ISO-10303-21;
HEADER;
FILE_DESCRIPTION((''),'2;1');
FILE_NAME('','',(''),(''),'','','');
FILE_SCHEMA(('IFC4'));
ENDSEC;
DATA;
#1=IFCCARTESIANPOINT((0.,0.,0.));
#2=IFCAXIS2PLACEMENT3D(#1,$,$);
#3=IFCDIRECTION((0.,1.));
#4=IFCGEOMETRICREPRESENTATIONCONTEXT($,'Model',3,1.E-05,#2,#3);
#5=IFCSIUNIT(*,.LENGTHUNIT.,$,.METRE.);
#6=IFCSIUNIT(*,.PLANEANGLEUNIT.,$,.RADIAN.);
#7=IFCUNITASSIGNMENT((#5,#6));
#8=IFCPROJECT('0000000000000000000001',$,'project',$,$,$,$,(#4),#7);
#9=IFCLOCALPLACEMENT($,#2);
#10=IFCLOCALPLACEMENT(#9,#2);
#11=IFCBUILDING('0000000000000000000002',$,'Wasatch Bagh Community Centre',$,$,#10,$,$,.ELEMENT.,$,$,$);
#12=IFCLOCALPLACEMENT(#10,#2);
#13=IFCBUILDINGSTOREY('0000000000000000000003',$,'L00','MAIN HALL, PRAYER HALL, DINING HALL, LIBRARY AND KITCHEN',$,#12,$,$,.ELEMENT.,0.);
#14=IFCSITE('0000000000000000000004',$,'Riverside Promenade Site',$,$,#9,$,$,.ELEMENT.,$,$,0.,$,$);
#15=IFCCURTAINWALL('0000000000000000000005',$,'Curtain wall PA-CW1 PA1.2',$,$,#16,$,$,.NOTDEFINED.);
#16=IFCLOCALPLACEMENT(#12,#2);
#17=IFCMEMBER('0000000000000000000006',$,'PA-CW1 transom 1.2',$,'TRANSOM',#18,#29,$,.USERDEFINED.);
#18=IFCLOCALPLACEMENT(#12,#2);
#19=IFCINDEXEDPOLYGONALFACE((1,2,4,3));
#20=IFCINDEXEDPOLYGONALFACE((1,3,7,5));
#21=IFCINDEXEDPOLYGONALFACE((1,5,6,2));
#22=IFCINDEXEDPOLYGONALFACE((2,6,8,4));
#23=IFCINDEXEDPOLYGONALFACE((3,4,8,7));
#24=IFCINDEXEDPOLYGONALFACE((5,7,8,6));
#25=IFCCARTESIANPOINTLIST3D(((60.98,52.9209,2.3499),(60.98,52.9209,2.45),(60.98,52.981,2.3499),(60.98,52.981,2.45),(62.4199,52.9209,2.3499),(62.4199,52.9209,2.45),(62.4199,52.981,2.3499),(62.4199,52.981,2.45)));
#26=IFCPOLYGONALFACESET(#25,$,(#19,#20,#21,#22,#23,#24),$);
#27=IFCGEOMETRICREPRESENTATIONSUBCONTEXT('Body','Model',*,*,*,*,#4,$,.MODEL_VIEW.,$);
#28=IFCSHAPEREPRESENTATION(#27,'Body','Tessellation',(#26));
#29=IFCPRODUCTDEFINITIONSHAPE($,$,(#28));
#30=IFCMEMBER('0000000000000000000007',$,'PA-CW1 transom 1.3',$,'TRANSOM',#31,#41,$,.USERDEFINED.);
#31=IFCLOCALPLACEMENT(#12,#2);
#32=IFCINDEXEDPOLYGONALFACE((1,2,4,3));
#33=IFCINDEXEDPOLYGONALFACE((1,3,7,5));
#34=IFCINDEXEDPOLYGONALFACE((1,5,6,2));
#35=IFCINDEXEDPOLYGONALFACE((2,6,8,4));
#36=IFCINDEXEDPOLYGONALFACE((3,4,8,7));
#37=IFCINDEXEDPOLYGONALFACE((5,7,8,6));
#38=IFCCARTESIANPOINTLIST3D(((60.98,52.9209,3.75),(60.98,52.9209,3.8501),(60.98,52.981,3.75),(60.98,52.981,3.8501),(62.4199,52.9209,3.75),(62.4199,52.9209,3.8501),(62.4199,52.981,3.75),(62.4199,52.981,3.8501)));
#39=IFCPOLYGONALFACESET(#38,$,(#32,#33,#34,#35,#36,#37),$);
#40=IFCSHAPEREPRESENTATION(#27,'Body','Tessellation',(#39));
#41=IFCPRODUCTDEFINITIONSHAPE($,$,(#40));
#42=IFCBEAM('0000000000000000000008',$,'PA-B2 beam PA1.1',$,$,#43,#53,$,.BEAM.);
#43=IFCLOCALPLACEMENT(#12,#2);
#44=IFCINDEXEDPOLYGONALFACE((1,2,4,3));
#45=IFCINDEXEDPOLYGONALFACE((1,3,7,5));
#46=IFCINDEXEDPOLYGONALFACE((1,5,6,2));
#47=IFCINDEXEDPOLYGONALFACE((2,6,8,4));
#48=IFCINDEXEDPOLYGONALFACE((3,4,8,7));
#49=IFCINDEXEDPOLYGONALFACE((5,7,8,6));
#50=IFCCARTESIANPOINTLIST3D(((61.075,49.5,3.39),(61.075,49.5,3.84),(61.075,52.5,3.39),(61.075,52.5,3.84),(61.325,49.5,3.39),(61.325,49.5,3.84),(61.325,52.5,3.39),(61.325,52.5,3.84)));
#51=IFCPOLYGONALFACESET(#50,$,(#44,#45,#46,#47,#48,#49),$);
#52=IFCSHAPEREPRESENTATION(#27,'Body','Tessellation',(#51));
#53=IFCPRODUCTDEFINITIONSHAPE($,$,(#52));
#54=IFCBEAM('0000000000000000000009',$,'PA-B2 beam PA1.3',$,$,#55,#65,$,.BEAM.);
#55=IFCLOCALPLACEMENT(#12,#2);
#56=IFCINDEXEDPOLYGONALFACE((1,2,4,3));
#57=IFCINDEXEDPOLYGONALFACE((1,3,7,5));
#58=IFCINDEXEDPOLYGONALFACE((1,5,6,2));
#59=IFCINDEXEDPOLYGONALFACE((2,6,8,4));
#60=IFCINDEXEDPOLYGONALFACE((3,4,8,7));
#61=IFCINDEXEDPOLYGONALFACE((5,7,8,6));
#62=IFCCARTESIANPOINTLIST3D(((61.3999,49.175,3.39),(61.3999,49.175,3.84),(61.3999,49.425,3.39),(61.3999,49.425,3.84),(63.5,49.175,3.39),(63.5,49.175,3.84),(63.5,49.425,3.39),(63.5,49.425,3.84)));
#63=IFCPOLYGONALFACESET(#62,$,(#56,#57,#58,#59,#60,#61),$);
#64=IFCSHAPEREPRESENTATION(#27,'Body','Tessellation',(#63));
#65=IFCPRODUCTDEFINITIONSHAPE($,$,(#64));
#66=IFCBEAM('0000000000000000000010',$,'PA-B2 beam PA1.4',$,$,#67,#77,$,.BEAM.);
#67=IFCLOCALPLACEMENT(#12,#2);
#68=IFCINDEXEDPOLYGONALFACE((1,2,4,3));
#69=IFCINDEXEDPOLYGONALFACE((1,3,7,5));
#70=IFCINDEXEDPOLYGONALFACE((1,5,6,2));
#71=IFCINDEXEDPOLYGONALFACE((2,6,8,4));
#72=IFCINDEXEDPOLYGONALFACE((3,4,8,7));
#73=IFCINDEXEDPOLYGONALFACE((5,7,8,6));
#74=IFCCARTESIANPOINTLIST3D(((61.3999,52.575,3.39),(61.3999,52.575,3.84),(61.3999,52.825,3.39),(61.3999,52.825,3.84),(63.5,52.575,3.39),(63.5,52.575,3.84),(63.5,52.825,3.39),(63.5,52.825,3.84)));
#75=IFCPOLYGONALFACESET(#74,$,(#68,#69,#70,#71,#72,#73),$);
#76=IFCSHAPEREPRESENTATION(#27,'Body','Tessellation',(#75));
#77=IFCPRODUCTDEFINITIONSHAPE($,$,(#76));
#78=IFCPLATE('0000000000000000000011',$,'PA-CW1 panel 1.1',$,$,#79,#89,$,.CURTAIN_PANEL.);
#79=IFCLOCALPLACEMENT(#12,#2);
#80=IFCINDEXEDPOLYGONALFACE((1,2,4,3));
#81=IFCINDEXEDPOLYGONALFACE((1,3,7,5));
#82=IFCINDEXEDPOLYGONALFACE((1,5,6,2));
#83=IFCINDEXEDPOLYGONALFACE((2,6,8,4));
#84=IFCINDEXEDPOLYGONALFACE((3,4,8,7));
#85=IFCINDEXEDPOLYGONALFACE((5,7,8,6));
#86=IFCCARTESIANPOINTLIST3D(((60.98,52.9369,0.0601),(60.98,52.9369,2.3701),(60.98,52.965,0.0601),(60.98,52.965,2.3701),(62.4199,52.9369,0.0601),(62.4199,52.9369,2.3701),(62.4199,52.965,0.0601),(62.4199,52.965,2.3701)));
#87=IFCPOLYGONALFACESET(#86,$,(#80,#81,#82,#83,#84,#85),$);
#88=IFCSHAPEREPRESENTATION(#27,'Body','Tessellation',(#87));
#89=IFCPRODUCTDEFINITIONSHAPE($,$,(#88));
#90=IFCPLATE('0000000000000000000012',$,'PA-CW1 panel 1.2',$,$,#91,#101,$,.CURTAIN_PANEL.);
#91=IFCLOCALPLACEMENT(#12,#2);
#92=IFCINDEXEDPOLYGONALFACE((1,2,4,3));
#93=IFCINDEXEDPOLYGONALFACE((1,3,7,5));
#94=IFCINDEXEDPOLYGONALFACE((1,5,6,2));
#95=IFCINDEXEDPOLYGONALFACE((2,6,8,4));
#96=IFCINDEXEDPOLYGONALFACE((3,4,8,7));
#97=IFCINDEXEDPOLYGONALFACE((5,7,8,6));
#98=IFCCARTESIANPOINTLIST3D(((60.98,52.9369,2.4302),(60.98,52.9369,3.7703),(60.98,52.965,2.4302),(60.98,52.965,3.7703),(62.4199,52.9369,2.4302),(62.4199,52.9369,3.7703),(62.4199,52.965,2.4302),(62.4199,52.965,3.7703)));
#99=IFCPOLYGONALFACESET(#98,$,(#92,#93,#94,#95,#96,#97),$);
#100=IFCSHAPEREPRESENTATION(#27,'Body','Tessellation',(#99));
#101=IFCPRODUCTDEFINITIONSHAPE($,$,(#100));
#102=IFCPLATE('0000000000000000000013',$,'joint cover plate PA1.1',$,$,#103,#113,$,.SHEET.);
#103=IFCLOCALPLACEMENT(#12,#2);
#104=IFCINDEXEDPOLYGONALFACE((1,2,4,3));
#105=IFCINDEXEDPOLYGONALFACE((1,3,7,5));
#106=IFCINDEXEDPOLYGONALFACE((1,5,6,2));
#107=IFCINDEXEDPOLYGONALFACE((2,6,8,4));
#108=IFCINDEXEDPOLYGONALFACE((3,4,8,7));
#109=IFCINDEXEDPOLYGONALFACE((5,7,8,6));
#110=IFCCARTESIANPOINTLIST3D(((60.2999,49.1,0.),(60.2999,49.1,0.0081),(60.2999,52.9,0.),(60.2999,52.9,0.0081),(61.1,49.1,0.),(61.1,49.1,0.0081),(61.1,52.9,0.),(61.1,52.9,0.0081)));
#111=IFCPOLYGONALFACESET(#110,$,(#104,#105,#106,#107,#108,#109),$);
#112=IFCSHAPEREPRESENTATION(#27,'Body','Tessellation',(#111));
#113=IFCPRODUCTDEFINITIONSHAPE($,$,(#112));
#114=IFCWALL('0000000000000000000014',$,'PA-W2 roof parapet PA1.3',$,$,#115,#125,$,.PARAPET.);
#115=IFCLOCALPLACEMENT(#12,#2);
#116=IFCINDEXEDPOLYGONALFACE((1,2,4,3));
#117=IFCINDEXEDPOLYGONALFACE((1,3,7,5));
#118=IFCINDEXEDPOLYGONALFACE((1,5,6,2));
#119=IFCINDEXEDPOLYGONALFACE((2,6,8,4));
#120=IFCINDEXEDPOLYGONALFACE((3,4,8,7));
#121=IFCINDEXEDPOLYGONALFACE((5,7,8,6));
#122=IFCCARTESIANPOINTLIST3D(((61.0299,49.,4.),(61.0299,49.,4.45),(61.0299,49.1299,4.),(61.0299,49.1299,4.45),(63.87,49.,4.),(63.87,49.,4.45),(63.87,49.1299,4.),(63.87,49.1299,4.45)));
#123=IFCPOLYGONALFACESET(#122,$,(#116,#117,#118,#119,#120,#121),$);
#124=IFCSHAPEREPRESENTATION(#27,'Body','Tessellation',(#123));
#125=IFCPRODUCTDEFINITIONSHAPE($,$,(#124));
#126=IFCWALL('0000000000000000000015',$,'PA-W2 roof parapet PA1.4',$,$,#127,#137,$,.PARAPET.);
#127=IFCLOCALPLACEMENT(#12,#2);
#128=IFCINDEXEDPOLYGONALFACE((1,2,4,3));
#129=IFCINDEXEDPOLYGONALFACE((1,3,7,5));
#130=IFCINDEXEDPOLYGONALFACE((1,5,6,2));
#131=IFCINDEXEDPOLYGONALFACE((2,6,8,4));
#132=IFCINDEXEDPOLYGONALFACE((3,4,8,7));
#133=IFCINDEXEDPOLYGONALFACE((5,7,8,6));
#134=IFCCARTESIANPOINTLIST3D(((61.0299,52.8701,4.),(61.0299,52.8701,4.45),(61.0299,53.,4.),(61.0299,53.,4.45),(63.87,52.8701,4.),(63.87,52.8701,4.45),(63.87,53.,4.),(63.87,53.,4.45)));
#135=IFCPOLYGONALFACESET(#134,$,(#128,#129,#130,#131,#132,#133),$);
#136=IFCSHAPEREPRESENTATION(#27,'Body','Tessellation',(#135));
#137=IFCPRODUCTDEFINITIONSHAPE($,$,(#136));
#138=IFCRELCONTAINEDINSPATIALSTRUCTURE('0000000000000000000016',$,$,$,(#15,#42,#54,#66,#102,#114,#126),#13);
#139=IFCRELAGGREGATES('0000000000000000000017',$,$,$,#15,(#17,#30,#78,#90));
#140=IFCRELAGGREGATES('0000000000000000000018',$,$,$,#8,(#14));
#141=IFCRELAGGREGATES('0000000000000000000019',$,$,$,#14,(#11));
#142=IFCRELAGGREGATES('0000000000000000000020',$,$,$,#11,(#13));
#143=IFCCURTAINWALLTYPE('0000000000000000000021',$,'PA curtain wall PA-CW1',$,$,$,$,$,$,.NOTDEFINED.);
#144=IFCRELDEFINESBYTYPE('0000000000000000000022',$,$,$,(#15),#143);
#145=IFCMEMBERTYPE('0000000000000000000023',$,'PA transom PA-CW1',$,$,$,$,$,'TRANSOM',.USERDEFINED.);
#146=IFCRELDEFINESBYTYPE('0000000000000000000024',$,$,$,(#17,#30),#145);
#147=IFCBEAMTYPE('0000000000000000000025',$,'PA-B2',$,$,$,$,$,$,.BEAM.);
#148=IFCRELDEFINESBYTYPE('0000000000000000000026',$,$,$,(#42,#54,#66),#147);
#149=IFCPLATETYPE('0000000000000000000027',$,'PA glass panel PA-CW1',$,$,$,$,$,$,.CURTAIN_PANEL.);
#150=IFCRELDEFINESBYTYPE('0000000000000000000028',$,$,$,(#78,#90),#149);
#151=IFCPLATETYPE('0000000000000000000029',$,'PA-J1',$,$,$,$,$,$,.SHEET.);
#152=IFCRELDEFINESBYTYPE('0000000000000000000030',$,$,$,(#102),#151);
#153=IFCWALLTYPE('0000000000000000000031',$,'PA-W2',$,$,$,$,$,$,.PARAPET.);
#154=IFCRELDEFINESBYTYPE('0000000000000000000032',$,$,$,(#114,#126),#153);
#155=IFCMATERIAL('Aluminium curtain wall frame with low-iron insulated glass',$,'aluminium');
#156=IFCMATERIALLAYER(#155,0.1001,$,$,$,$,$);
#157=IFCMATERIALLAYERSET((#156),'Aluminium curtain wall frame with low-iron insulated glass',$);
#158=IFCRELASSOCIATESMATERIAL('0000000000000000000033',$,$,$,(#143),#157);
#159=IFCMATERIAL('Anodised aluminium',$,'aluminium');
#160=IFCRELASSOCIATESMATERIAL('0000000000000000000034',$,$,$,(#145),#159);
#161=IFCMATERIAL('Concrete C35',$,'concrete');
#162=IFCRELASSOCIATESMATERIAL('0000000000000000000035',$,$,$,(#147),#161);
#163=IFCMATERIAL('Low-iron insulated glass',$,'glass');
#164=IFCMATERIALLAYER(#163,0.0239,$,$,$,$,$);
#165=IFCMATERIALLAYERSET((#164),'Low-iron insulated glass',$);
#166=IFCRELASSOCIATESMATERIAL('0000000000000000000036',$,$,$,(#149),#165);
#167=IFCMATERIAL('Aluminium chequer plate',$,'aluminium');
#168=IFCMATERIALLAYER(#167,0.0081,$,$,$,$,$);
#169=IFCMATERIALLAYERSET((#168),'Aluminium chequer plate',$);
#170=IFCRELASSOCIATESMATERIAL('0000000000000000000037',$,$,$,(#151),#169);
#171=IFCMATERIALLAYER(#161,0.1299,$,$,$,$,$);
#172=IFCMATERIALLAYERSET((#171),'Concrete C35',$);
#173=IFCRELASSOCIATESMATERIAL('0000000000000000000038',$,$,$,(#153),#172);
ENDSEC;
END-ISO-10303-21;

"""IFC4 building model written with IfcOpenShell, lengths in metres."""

from ifc_helpers import new_model, si_unit, direction, frame, frame_2d, origin, origin_2d, place, context, subcontext, project, spatial, rectangle, extrude, material, layer, layer_set, material_profile, profile_set, type_object, element, aggregate, save


model = new_model("IFC4")

# Units and contexts
model_context = context("Model", 3, precision=1e-05, world=origin(), true_north=direction((0.0, 1.0)))
body_context = subcontext(model_context, "Body", "Model", "MODEL_VIEW")
ifc_project = project(units=[si_unit("LENGTHUNIT", "METRE"), si_unit("PLANEANGLEUNIT", "RADIAN")], contexts=[model_context])

# Site, building, storey
site_placement = place(None, origin())
site = spatial("IfcSite", under=ifc_project, at=site_placement, Name="Riverside Promenade Site", CompositionType="ELEMENT", RefElevation=0.0)
building_placement = place(site_placement, origin())
building = spatial("IfcBuilding", under=site, at=building_placement, Name="Wasatch Bagh Community Centre", CompositionType="ELEMENT")
storey_placement = place(building_placement, origin())
storey = spatial("IfcBuildingStorey", under=building, at=storey_placement, Name="L00", Description="MAIN HALL, PRAYER HALL, DINING HALL, LIBRARY AND KITCHEN", CompositionType="ELEMENT", Elevation=0.0)

# Shared definitions
ifc_material_1 = material(Name="Concrete C35", Category="concrete")

# Curtain wall
ifc_material_2 = material(Name="Aluminium curtain wall frame with low-iron insulated glass", Category="aluminium")
ifc_layer_1 = layer(ifc_material_2, 0.1001)
ifc_layer_set_1 = layer_set([ifc_layer_1], Name="Aluminium curtain wall frame with low-iron insulated glass")
curtain_wall_type = type_object("IfcCurtainWallType", Name="PA curtain wall PA-CW1", PredefinedType="NOTDEFINED", material=ifc_layer_set_1)
curtain_wall_1_placement = place(storey_placement, origin())
curtain_wall_1 = element("IfcCurtainWall", 1, at=curtain_wall_1_placement, inside=storey, type_object=curtain_wall_type, Name="Curtain wall PA-CW1 PA1.2", PredefinedType="NOTDEFINED")
ifc_material_3 = material(Name="Anodised aluminium", Category="aluminium")

# Shared definitions
ifc_material_profile_1 = material_profile(ifc_material_3, rectangle(XDim=0.0601, YDim=0.1001, at=origin_2d()), Name="PA transom PA-CW1")
ifc_profile_set_1 = profile_set([ifc_material_profile_1], Name="Anodised aluminium")
member_type_1 = type_object("IfcMemberType", Name="PA transom PA-CW1", ElementType="TRANSOM", PredefinedType="USERDEFINED", material=ifc_profile_set_1)

# Members
member_1_placement = place(storey_placement, frame((60.98, 52.9509, 2.3999), z_axis=(1.0, 0.0, 0.0), x_axis=(0.0, 1.0, 0.0)))
member_1 = element("IfcMember", 2, at=member_1_placement, type_object=member_type_1, Name="PA-CW1 transom 1.2", ObjectType="TRANSOM", PredefinedType="USERDEFINED", context=body_context, shape_type="SweptSolid", body=[
    extrude(rectangle(XDim=0.0601, YDim=0.1001, at=origin_2d()), origin(), (0.0, 0.0, 1.0), 1.4399),
])
member_2_placement = place(storey_placement, frame((60.98, 52.9509, 3.8), z_axis=(1.0, 0.0, 0.0), x_axis=(0.0, 1.0, 0.0)))
member_2 = element("IfcMember", 3, at=member_2_placement, type_object=member_type_1, Name="PA-CW1 transom 1.3", ObjectType="TRANSOM", PredefinedType="USERDEFINED", context=body_context, shape_type="SweptSolid", body=[
    extrude(rectangle(XDim=0.0601, YDim=0.1001, at=origin_2d()), origin(), (0.0, 0.0, 1.0), 1.4399),
])

# Beams
ifc_material_profile_2 = material_profile(ifc_material_1, rectangle(XDim=0.25, YDim=0.45, at=origin_2d()), Name="RC 250x450")
ifc_profile_set_2 = profile_set([ifc_material_profile_2], Name="Concrete C35")
beam_type = type_object("IfcBeamType", Name="PA-B2", PredefinedType="BEAM", material=ifc_profile_set_2)
beam_placement = place(storey_placement, frame((61.2, 49.5, 3.615), z_axis=(0.0, 1.0, 0.0), x_axis=(-1.0, 0.0, 0.0)))
element("IfcBeam", 4, at=beam_placement, inside=storey, type_object=beam_type, Name="PA-B2 beam PA1.1", PredefinedType="BEAM", context=body_context, shape_type="SweptSolid", body=[
    extrude(rectangle(XDim=0.25, YDim=0.45, at=origin_2d()), origin(), (0.0, 0.0, 1.0), 3.0),
])
for number, where, z_axis, x_axis, name in (
    (5, (61.3999, 49.3, 3.615), (1.0, 0.0, 0.0), (0.0, 1.0, 0.0), "PA-B2 beam PA1.3"),
    (6, (61.3999, 52.7, 3.615), (1.0, 0.0, 0.0), (0.0, 1.0, 0.0), "PA-B2 beam PA1.4"),
):
    element("IfcBeam", number, at=place(storey_placement, frame(where, z_axis=z_axis, x_axis=x_axis)), inside=storey, type_object=beam_type, Name=name, PredefinedType="BEAM", context=body_context, shape_type="SweptSolid", body=[
        extrude(rectangle(XDim=0.25, YDim=0.45, at=origin_2d()), origin(), (0.0, 0.0, 1.0), 2.1001),
    ])

# Plates
ifc_material_4 = material(Name="Low-iron insulated glass", Category="glass")
ifc_layer_2 = layer(ifc_material_4, 0.0239)
ifc_layer_set_2 = layer_set([ifc_layer_2], Name="Low-iron insulated glass")
plate_type_1 = type_object("IfcPlateType", Name="PA glass panel PA-CW1", PredefinedType="CURTAIN_PANEL", material=ifc_layer_set_2)
plate_1_placement = place(storey_placement, frame((61.7, 52.9509, 0.0601), z_axis=(0.0, 0.0, 1.0), x_axis=(1.0, 0.0, 0.0)))
plate_1 = element("IfcPlate", 7, at=plate_1_placement, type_object=plate_type_1, Name="PA-CW1 panel 1.1", PredefinedType="CURTAIN_PANEL", context=body_context, shape_type="SweptSolid", body=[
    extrude(rectangle(XDim=1.4399, YDim=0.0281, at=origin_2d()), origin(), (0.0, 0.0, 1.0), 2.3101),
])
plate_2_placement = place(storey_placement, frame((61.7, 52.9509, 2.4302), z_axis=(0.0, 0.0, 1.0), x_axis=(1.0, 0.0, 0.0)))
plate_2 = element("IfcPlate", 8, at=plate_2_placement, type_object=plate_type_1, Name="PA-CW1 panel 1.2", PredefinedType="CURTAIN_PANEL", context=body_context, shape_type="SweptSolid", body=[
    extrude(rectangle(XDim=1.4399, YDim=0.0281, at=origin_2d()), origin(), (0.0, 0.0, 1.0), 1.3401),
])
aggregate(curtain_wall_1, [member_1, member_2, plate_1, plate_2])
ifc_material_5 = material(Name="Aluminium chequer plate", Category="aluminium")
ifc_layer_3 = layer(ifc_material_5, 0.0081)
ifc_layer_set_3 = layer_set([ifc_layer_3], Name="Aluminium chequer plate")
plate_type_2 = type_object("IfcPlateType", Name="PA-J1", PredefinedType="SHEET", material=ifc_layer_set_3)
plate_3_placement = place(storey_placement, frame((60.7, 51.0, 0.0), z_axis=(0.0, 0.0, 1.0), x_axis=(1.0, 0.0, 0.0)))
element("IfcPlate", 9, at=plate_3_placement, inside=storey, type_object=plate_type_2, Name="joint cover plate PA1.1", PredefinedType="SHEET", context=body_context, shape_type="SweptSolid", body=[
    extrude(rectangle(XDim=0.8, YDim=3.8, at=origin_2d()), origin(), (0.0, 0.0, 1.0), 0.0081),
])

# Walls
ifc_layer_4 = layer(ifc_material_1, 0.1299)
ifc_layer_set_4 = layer_set([ifc_layer_4], Name="Concrete C35")
wall_type = type_object("IfcWallType", Name="PA-W2", PredefinedType="PARAPET", material=ifc_layer_set_4)
for number, where, z_axis, x_axis, name in (
    (10, (61.03, 49.0649, 4.0), (0.0, 0.0, 1.0), (1.0, 0.0, 0.0), "PA-W2 roof parapet PA1.3"),
    (11, (61.03, 52.9351, 4.0), (0.0, 0.0, 1.0), (1.0, 0.0, 0.0), "PA-W2 roof parapet PA1.4"),
):
    element("IfcWall", number, at=place(storey_placement, frame(where, z_axis=z_axis, x_axis=x_axis)), inside=storey, type_object=wall_type, Name=name, PredefinedType="PARAPET", context=body_context, shape_type="SweptSolid", body=[
        extrude(rectangle(XDim=2.8401, YDim=0.1299, at=frame_2d((1.4199, 0.0))), origin(), (0.0, 0.0, 1.0), 0.45),
    ])

save(model, "model.ifc")
